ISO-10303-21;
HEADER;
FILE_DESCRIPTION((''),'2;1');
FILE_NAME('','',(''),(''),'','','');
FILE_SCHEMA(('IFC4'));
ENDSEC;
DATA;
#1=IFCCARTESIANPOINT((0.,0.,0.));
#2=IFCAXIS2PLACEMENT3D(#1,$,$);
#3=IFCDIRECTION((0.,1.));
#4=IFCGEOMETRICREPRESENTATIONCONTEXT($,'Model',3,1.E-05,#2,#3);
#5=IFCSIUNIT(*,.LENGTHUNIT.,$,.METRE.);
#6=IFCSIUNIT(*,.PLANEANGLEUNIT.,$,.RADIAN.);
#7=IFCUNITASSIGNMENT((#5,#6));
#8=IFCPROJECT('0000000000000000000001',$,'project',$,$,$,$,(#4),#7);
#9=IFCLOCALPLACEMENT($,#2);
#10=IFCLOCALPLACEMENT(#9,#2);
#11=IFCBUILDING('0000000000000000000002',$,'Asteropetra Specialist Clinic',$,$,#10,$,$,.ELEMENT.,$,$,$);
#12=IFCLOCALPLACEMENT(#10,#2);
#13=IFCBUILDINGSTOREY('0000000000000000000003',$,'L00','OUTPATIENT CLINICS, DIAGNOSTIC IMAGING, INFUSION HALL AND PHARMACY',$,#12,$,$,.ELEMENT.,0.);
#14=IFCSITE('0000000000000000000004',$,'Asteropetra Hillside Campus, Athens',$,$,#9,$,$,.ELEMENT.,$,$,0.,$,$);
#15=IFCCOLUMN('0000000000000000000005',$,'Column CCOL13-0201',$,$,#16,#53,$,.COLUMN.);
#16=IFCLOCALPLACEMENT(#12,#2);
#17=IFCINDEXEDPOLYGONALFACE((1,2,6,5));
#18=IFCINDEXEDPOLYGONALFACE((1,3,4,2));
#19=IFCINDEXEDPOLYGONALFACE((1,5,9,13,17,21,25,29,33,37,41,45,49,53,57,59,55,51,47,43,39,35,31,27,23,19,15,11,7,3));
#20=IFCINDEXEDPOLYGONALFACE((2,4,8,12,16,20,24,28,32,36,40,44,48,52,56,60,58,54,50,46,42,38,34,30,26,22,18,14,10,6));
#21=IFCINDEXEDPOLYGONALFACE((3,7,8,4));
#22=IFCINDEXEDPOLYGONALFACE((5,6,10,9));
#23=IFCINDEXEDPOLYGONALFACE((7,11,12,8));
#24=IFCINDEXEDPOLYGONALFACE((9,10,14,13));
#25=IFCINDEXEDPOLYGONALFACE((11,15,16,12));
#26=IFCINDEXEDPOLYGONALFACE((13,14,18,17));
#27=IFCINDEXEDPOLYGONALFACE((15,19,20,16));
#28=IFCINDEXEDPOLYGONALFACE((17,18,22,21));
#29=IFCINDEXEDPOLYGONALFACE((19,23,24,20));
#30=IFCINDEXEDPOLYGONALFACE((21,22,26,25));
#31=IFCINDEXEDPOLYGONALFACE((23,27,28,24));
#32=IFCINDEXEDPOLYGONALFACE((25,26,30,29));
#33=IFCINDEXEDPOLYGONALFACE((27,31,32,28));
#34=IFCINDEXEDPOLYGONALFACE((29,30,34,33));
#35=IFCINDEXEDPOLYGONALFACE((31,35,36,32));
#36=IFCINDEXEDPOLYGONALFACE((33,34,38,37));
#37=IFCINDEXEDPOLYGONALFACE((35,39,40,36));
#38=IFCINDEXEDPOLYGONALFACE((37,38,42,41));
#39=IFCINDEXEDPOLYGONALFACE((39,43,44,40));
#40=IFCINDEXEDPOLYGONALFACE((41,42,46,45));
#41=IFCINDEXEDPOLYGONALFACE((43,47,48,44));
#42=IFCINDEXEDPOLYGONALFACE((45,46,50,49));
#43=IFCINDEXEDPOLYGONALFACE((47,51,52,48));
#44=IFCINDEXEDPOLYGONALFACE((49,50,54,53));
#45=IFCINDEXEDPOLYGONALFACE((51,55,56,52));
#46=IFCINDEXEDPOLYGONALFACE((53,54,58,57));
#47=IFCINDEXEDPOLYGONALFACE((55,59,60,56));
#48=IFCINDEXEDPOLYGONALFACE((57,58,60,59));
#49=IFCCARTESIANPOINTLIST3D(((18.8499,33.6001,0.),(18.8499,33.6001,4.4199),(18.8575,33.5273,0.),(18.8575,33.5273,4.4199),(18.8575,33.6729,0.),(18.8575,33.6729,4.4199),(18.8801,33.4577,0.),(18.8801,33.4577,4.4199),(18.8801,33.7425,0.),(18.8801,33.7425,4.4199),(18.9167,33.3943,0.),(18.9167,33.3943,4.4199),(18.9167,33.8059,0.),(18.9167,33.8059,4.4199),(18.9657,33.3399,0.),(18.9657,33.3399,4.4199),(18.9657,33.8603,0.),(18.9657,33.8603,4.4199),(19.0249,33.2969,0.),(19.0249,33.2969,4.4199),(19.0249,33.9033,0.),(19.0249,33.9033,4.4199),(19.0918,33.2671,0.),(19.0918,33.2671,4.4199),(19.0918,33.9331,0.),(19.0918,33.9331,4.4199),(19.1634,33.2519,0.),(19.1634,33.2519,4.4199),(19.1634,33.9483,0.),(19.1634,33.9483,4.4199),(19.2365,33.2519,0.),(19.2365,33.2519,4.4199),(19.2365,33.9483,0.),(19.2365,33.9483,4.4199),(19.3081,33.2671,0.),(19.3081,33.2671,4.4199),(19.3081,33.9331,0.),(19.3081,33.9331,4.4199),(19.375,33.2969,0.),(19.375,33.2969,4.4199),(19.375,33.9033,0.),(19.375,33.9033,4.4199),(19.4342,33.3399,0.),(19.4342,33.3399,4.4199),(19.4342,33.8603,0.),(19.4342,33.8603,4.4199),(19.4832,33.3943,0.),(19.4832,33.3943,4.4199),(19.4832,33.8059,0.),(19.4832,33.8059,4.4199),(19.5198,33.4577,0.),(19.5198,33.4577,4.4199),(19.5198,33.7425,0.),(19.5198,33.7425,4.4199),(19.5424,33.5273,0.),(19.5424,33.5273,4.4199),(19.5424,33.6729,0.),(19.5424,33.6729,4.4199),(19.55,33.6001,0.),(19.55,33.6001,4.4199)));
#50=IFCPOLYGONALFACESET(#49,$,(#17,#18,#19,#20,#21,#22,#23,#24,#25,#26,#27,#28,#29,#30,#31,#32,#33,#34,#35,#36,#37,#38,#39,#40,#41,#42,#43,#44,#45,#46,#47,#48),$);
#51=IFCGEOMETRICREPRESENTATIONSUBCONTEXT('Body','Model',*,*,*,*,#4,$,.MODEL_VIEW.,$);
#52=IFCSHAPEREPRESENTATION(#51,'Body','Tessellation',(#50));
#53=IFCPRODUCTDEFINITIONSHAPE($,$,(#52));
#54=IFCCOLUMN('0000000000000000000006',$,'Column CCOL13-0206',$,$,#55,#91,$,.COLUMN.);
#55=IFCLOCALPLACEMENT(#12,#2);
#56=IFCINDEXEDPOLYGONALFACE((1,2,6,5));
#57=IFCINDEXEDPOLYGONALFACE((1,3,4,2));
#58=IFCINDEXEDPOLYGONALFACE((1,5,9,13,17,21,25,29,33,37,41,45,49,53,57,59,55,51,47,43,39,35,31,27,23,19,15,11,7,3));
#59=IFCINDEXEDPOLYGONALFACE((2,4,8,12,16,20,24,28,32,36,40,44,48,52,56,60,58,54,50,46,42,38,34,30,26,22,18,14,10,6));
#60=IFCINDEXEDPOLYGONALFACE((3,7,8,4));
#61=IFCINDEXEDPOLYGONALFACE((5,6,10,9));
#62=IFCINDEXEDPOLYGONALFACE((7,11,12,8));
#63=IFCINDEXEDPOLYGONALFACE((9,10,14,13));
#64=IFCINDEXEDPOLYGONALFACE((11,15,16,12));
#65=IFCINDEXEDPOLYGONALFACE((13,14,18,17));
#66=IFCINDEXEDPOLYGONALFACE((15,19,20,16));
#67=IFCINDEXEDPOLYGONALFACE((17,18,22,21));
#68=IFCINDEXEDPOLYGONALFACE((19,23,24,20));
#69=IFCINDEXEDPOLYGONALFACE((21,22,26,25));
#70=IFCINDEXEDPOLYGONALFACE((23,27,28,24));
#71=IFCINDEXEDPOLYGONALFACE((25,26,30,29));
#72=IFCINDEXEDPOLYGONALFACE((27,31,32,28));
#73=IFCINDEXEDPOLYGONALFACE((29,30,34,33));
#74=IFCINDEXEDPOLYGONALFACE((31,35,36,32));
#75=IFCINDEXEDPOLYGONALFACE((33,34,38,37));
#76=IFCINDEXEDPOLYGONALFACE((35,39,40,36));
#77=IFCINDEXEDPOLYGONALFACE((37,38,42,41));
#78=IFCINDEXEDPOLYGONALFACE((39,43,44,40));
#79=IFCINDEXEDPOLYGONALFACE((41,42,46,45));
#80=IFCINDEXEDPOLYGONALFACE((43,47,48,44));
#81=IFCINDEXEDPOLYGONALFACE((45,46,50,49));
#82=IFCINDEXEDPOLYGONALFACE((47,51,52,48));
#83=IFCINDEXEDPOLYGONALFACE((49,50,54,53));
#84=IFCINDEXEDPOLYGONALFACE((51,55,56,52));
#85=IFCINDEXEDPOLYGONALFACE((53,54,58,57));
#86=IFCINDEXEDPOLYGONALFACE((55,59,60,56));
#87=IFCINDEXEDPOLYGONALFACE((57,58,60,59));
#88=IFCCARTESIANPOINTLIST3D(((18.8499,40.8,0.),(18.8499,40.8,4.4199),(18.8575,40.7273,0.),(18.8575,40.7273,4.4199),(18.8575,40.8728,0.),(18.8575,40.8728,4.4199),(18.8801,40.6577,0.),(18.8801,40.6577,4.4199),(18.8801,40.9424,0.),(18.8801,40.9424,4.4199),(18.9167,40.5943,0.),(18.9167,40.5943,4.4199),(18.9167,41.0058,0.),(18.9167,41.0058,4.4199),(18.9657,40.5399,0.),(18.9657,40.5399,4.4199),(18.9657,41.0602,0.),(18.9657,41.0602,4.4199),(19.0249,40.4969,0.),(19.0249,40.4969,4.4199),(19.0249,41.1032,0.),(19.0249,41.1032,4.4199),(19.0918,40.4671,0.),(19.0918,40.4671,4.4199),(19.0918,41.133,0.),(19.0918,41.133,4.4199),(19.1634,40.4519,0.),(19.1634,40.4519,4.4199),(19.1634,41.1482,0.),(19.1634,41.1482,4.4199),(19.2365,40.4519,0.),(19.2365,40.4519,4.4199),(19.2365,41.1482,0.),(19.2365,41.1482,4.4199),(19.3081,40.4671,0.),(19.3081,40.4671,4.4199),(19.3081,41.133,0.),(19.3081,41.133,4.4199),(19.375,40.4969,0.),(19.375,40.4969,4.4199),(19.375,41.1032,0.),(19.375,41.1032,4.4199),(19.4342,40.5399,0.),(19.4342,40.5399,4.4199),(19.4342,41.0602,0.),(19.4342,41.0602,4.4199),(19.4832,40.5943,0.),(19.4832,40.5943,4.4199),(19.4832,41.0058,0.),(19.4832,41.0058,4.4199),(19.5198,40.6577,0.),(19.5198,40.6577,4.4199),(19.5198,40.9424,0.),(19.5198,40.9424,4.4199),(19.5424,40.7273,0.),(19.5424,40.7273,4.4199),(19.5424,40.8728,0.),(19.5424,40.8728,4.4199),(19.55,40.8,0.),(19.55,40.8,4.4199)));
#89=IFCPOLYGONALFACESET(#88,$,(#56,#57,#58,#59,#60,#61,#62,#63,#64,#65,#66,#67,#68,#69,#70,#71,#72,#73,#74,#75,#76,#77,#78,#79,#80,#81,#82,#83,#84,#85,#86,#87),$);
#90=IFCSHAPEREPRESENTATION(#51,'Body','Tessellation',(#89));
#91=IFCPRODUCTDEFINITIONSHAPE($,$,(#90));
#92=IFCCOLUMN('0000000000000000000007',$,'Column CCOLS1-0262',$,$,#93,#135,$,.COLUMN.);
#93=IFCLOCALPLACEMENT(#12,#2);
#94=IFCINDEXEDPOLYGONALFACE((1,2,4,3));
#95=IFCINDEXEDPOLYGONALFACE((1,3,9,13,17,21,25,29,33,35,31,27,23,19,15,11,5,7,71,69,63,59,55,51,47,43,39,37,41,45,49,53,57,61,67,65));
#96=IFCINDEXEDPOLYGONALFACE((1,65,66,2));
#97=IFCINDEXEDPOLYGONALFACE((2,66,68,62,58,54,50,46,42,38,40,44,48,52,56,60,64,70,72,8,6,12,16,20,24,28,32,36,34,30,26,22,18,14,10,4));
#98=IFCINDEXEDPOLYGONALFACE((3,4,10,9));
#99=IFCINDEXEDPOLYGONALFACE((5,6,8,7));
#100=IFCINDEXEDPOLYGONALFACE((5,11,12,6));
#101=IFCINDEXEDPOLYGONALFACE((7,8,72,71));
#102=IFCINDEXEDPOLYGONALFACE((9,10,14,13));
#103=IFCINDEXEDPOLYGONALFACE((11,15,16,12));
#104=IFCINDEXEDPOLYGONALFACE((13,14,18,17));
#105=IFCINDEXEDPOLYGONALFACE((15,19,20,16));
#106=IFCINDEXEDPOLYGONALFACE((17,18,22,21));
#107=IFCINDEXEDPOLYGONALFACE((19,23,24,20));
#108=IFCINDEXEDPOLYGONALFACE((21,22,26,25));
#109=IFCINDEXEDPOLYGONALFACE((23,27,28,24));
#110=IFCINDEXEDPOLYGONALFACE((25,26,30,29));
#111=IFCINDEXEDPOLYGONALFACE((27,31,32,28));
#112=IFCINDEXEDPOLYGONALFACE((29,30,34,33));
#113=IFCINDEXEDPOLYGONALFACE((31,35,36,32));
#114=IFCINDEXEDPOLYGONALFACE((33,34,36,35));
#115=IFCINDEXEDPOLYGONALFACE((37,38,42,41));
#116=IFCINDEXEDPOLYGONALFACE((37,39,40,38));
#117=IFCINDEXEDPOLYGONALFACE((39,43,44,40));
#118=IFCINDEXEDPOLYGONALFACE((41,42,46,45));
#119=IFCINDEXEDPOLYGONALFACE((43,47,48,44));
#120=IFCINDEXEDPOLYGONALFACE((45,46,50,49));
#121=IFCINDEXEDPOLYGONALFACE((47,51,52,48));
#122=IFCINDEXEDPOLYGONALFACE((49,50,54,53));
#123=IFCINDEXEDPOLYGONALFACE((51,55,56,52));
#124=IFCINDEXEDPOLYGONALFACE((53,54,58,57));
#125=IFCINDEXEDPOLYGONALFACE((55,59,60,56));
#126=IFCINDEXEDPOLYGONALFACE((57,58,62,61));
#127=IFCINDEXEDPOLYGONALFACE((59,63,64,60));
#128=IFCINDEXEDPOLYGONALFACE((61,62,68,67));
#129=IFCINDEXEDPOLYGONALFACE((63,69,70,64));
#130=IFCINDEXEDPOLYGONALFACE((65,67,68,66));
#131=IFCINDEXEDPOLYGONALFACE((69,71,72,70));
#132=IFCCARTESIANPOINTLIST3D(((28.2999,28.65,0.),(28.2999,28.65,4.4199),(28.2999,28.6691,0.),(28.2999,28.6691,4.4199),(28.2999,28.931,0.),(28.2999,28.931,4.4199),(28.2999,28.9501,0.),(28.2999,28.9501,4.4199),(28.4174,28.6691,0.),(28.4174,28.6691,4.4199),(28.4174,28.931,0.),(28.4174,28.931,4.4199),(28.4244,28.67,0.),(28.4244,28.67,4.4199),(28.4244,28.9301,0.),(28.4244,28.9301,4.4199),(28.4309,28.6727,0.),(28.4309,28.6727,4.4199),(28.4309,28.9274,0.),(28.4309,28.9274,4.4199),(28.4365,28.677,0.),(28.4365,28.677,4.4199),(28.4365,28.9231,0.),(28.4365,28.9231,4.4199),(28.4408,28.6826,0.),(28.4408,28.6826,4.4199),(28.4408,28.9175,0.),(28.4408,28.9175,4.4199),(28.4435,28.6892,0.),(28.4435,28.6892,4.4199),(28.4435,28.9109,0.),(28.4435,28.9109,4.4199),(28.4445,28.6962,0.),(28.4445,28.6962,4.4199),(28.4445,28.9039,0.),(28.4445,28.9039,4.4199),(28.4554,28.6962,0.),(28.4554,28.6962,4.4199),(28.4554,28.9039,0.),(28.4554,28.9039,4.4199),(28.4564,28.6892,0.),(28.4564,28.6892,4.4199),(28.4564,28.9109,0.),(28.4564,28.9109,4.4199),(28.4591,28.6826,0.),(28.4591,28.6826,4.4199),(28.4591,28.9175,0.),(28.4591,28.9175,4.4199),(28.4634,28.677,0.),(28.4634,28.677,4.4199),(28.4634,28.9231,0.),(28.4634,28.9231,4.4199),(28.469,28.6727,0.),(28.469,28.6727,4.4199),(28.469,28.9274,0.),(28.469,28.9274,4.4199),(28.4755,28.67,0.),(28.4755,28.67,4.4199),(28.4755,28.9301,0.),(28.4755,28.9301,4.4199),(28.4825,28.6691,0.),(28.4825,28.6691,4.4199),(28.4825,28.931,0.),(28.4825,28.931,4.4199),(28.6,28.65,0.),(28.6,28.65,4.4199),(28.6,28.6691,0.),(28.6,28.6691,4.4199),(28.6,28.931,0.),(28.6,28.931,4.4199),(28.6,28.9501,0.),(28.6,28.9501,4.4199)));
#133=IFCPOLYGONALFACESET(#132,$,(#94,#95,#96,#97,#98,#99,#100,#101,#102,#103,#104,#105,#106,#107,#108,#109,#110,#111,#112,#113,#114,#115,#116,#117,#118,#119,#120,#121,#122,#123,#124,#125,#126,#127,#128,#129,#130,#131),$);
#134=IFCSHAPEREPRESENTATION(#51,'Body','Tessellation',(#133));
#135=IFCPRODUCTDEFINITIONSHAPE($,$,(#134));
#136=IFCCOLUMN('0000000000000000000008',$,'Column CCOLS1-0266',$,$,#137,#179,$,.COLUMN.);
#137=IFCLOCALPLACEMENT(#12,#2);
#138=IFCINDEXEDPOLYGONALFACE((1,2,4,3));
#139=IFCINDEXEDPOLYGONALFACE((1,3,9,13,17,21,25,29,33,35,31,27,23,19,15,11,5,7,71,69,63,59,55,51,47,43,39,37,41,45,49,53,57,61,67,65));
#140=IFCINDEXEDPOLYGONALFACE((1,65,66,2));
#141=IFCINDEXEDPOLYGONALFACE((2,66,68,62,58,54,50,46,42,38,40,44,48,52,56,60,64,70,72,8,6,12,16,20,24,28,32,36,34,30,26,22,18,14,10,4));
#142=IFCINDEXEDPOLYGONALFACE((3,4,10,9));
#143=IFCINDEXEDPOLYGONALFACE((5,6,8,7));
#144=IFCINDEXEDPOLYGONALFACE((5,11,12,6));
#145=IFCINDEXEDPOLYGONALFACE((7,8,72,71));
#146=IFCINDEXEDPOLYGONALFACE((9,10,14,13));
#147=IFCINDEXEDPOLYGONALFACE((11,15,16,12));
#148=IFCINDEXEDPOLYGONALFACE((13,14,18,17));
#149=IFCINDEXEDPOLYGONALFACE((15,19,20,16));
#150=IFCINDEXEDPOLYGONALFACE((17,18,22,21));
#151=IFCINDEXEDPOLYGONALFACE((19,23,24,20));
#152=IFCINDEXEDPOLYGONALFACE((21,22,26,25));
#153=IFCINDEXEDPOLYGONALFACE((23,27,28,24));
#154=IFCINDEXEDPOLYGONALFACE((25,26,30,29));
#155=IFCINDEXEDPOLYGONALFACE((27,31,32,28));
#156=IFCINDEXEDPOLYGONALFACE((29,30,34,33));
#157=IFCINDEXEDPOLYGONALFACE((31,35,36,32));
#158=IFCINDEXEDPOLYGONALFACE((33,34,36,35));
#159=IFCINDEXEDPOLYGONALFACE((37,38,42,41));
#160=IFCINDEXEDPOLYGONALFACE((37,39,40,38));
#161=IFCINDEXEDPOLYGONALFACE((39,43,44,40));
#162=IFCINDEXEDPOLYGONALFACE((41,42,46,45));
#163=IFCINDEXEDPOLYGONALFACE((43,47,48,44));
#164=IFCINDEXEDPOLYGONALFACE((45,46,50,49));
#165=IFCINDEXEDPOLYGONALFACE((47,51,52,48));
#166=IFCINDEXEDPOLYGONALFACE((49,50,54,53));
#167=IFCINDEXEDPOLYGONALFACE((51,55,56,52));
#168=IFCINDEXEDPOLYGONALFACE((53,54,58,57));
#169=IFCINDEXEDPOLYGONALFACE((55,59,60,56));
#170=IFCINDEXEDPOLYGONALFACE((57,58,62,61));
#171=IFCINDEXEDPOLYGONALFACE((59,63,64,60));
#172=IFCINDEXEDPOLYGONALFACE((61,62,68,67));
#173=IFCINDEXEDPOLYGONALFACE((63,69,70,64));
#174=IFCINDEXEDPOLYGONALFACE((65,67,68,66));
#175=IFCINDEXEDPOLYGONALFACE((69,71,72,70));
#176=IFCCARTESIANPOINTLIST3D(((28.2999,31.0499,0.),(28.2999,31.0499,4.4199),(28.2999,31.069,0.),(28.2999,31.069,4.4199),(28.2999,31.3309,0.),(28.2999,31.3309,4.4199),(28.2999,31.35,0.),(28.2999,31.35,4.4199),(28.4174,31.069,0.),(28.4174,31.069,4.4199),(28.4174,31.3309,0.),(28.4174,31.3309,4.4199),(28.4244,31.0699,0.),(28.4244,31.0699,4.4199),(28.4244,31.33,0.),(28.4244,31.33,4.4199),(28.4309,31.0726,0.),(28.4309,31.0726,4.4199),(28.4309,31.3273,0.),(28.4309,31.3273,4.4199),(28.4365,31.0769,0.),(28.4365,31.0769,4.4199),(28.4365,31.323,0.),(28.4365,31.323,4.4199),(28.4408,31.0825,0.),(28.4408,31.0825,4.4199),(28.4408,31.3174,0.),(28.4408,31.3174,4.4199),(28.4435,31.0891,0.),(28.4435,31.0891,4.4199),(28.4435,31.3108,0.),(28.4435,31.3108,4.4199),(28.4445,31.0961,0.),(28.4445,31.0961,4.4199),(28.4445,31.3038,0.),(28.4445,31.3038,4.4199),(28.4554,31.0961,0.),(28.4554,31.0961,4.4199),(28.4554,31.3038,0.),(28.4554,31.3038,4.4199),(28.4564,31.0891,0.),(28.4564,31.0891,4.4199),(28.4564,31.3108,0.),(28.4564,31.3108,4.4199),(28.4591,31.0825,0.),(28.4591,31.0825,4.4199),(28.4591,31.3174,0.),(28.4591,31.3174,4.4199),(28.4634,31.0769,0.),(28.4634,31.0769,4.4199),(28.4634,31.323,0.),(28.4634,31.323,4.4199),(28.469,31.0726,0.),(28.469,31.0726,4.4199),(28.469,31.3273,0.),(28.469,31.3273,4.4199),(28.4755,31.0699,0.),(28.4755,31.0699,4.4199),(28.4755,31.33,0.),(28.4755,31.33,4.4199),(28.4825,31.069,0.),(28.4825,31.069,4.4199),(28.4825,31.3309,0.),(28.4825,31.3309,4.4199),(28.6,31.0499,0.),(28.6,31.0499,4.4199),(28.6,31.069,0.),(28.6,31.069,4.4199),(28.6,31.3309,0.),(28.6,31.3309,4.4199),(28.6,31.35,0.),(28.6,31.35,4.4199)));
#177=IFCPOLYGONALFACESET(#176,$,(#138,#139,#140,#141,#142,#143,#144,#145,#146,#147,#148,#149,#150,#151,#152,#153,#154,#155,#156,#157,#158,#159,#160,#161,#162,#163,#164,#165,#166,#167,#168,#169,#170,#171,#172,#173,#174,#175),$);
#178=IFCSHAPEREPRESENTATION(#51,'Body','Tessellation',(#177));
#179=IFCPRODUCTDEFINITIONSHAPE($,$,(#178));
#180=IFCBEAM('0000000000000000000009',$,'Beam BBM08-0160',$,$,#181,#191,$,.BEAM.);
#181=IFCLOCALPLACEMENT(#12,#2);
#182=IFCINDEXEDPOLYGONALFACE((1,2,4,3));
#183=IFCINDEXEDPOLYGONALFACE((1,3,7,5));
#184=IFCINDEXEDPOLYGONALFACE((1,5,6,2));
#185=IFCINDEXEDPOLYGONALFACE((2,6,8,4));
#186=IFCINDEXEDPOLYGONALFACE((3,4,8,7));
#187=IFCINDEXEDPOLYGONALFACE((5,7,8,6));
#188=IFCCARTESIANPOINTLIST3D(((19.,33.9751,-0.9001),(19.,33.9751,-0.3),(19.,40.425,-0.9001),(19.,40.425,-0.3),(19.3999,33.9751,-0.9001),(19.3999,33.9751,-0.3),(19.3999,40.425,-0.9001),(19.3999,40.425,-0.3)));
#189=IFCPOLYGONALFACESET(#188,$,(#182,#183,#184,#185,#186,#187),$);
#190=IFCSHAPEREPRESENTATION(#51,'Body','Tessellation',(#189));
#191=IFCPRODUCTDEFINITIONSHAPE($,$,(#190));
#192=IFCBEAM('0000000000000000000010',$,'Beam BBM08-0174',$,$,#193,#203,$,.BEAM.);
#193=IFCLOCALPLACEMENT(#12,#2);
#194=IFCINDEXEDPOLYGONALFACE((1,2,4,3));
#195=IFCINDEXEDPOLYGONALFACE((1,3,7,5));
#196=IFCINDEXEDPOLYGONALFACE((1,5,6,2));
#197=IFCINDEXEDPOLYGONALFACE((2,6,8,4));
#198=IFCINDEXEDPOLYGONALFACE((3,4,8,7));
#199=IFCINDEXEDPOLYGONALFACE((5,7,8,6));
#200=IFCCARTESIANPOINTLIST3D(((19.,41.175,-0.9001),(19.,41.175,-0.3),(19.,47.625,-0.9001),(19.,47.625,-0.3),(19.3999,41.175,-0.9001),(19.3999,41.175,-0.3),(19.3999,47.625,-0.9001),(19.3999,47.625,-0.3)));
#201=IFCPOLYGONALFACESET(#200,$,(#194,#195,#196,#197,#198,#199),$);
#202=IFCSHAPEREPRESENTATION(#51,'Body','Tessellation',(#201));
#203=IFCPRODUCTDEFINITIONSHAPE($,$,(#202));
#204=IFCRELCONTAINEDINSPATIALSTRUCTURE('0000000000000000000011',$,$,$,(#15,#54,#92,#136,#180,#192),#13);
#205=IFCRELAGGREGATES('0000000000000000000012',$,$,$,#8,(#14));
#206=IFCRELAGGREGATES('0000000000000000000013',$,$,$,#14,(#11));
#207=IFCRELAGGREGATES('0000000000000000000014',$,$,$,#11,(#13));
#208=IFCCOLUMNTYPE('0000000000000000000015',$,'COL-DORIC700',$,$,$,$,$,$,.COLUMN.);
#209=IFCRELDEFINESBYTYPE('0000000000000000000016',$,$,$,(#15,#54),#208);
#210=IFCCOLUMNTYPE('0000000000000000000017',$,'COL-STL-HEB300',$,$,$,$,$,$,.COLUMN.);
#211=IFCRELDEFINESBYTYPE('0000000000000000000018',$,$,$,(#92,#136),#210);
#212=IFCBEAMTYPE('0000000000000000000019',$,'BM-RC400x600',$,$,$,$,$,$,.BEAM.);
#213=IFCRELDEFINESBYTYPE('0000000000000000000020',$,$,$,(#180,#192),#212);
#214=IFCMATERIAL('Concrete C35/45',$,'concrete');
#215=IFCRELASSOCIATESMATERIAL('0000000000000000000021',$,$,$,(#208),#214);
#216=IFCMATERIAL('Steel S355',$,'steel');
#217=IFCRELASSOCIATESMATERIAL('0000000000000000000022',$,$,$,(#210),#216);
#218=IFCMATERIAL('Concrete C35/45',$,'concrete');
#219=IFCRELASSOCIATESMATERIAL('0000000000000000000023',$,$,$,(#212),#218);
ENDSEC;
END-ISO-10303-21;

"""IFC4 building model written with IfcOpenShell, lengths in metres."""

from ifc_helpers import new_model, si_unit, direction, frame, origin, origin_2d, place, context, subcontext, project, spatial, rectangle, circle, i_section, extrude, material, material_profile, profile_set, type_object, element, save


model = new_model("IFC4")

# Units and contexts
model_context = context("Model", 3, precision=1e-05, world=origin(), true_north=direction((0.0, 1.0)))
body_context = subcontext(model_context, "Body", "Model", "MODEL_VIEW")
ifc_project = project(units=[si_unit("LENGTHUNIT", "METRE"), si_unit("PLANEANGLEUNIT", "RADIAN")], contexts=[model_context])

# Site, building, storey
site_placement = place(None, origin())
site = spatial("IfcSite", under=ifc_project, at=site_placement, Name="Asteropetra Hillside Campus, Athens", CompositionType="ELEMENT", RefElevation=0.0)
building_placement = place(site_placement, origin())
building = spatial("IfcBuilding", under=site, at=building_placement, Name="Asteropetra Specialist Clinic", CompositionType="ELEMENT")
storey_placement = place(building_placement, origin())
storey = spatial("IfcBuildingStorey", under=building, at=storey_placement, Name="L00", Description="OUTPATIENT CLINICS, DIAGNOSTIC IMAGING, INFUSION HALL AND PHARMACY", CompositionType="ELEMENT", Elevation=0.0)

# Columns
ifc_material_1 = material(Name="Concrete C35/45", Category="concrete")
ifc_material_profile_1 = material_profile(ifc_material_1, circle(Radius=0.3501, at=origin_2d()), Name="RCC D700")
ifc_profile_set_1 = profile_set([ifc_material_profile_1], Name="Concrete C35/45")
column_type_1 = type_object("IfcColumnType", Name="COL-DORIC700", PredefinedType="COLUMN", material=ifc_profile_set_1)
for number, where, z_axis, x_axis, name in (
    (1, (19.2, 33.6001, 0.0), (0.0, 0.0, 1.0), (1.0, 0.0, 0.0), "Column CCOL13-0201"),
    (2, (19.2, 40.8, 0.0), (0.0, 0.0, 1.0), (1.0, 0.0, 0.0), "Column CCOL13-0206"),
):
    element("IfcColumn", number, at=place(storey_placement, frame(where, z_axis=z_axis, x_axis=x_axis)), inside=storey, type_object=column_type_1, Name=name, PredefinedType="COLUMN", context=body_context, shape_type="SweptSolid", body=[
        extrude(circle(Radius=0.3501, at=origin_2d()), origin(), (0.0, 0.0, 1.0), 4.4199),
    ])
ifc_material_2 = material(Name="Steel S355", Category="steel")
ifc_material_profile_2 = material_profile(ifc_material_2, i_section(OverallWidth=0.3, OverallDepth=0.3, WebThickness=0.011, FlangeThickness=0.019, FilletRadius=0.0271, at=origin_2d()), Name="HEB 300")
ifc_profile_set_2 = profile_set([ifc_material_profile_2], Name="Steel S355")
column_type_2 = type_object("IfcColumnType", Name="COL-STL-HEB300", PredefinedType="COLUMN", material=ifc_profile_set_2)
for number, where, z_axis, x_axis, name in (
    (3, (28.45, 28.8, 0.0), (0.0, 0.0, 1.0), (1.0, 0.0, 0.0), "Column CCOLS1-0262"),
    (4, (28.45, 31.2, 0.0), (0.0, 0.0, 1.0), (1.0, 0.0, 0.0), "Column CCOLS1-0266"),
):
    element("IfcColumn", number, at=place(storey_placement, frame(where, z_axis=z_axis, x_axis=x_axis)), inside=storey, type_object=column_type_2, Name=name, PredefinedType="COLUMN", context=body_context, shape_type="SweptSolid", body=[
        extrude(i_section(OverallWidth=0.3, OverallDepth=0.3, WebThickness=0.011, FlangeThickness=0.019, FilletRadius=0.0271, at=origin_2d()), origin(), (0.0, 0.0, 1.0), 4.4199),
    ])

# Beams
ifc_material_3 = material(Name="Concrete C35/45", Category="concrete")
ifc_material_profile_3 = material_profile(ifc_material_3, rectangle(XDim=0.3999, YDim=0.6001, at=origin_2d()), Name="RCB 400x600")
ifc_profile_set_3 = profile_set([ifc_material_profile_3], Name="Concrete C35/45")
beam_type_1 = type_object("IfcBeamType", Name="BM-RC400x600", PredefinedType="BEAM", material=ifc_profile_set_3)
for number, where, z_axis, x_axis, name in (
    (5, (19.2, 33.9751, -0.6001), (0.0, 1.0, 0.0), (-1.0, 0.0, 0.0), "Beam BBM08-0160"),
    (6, (19.2, 41.175, -0.6001), (0.0, 1.0, 0.0), (-1.0, 0.0, 0.0), "Beam BBM08-0174"),
):
    element("IfcBeam", number, at=place(storey_placement, frame(where, z_axis=z_axis, x_axis=x_axis)), inside=storey, type_object=beam_type_1, Name=name, PredefinedType="BEAM", context=body_context, shape_type="SweptSolid", body=[
        extrude(rectangle(XDim=0.3999, YDim=0.6001, at=origin_2d()), origin(), (0.0, 0.0, 1.0), 6.45),
    ])

save(model, "model.ifc")
